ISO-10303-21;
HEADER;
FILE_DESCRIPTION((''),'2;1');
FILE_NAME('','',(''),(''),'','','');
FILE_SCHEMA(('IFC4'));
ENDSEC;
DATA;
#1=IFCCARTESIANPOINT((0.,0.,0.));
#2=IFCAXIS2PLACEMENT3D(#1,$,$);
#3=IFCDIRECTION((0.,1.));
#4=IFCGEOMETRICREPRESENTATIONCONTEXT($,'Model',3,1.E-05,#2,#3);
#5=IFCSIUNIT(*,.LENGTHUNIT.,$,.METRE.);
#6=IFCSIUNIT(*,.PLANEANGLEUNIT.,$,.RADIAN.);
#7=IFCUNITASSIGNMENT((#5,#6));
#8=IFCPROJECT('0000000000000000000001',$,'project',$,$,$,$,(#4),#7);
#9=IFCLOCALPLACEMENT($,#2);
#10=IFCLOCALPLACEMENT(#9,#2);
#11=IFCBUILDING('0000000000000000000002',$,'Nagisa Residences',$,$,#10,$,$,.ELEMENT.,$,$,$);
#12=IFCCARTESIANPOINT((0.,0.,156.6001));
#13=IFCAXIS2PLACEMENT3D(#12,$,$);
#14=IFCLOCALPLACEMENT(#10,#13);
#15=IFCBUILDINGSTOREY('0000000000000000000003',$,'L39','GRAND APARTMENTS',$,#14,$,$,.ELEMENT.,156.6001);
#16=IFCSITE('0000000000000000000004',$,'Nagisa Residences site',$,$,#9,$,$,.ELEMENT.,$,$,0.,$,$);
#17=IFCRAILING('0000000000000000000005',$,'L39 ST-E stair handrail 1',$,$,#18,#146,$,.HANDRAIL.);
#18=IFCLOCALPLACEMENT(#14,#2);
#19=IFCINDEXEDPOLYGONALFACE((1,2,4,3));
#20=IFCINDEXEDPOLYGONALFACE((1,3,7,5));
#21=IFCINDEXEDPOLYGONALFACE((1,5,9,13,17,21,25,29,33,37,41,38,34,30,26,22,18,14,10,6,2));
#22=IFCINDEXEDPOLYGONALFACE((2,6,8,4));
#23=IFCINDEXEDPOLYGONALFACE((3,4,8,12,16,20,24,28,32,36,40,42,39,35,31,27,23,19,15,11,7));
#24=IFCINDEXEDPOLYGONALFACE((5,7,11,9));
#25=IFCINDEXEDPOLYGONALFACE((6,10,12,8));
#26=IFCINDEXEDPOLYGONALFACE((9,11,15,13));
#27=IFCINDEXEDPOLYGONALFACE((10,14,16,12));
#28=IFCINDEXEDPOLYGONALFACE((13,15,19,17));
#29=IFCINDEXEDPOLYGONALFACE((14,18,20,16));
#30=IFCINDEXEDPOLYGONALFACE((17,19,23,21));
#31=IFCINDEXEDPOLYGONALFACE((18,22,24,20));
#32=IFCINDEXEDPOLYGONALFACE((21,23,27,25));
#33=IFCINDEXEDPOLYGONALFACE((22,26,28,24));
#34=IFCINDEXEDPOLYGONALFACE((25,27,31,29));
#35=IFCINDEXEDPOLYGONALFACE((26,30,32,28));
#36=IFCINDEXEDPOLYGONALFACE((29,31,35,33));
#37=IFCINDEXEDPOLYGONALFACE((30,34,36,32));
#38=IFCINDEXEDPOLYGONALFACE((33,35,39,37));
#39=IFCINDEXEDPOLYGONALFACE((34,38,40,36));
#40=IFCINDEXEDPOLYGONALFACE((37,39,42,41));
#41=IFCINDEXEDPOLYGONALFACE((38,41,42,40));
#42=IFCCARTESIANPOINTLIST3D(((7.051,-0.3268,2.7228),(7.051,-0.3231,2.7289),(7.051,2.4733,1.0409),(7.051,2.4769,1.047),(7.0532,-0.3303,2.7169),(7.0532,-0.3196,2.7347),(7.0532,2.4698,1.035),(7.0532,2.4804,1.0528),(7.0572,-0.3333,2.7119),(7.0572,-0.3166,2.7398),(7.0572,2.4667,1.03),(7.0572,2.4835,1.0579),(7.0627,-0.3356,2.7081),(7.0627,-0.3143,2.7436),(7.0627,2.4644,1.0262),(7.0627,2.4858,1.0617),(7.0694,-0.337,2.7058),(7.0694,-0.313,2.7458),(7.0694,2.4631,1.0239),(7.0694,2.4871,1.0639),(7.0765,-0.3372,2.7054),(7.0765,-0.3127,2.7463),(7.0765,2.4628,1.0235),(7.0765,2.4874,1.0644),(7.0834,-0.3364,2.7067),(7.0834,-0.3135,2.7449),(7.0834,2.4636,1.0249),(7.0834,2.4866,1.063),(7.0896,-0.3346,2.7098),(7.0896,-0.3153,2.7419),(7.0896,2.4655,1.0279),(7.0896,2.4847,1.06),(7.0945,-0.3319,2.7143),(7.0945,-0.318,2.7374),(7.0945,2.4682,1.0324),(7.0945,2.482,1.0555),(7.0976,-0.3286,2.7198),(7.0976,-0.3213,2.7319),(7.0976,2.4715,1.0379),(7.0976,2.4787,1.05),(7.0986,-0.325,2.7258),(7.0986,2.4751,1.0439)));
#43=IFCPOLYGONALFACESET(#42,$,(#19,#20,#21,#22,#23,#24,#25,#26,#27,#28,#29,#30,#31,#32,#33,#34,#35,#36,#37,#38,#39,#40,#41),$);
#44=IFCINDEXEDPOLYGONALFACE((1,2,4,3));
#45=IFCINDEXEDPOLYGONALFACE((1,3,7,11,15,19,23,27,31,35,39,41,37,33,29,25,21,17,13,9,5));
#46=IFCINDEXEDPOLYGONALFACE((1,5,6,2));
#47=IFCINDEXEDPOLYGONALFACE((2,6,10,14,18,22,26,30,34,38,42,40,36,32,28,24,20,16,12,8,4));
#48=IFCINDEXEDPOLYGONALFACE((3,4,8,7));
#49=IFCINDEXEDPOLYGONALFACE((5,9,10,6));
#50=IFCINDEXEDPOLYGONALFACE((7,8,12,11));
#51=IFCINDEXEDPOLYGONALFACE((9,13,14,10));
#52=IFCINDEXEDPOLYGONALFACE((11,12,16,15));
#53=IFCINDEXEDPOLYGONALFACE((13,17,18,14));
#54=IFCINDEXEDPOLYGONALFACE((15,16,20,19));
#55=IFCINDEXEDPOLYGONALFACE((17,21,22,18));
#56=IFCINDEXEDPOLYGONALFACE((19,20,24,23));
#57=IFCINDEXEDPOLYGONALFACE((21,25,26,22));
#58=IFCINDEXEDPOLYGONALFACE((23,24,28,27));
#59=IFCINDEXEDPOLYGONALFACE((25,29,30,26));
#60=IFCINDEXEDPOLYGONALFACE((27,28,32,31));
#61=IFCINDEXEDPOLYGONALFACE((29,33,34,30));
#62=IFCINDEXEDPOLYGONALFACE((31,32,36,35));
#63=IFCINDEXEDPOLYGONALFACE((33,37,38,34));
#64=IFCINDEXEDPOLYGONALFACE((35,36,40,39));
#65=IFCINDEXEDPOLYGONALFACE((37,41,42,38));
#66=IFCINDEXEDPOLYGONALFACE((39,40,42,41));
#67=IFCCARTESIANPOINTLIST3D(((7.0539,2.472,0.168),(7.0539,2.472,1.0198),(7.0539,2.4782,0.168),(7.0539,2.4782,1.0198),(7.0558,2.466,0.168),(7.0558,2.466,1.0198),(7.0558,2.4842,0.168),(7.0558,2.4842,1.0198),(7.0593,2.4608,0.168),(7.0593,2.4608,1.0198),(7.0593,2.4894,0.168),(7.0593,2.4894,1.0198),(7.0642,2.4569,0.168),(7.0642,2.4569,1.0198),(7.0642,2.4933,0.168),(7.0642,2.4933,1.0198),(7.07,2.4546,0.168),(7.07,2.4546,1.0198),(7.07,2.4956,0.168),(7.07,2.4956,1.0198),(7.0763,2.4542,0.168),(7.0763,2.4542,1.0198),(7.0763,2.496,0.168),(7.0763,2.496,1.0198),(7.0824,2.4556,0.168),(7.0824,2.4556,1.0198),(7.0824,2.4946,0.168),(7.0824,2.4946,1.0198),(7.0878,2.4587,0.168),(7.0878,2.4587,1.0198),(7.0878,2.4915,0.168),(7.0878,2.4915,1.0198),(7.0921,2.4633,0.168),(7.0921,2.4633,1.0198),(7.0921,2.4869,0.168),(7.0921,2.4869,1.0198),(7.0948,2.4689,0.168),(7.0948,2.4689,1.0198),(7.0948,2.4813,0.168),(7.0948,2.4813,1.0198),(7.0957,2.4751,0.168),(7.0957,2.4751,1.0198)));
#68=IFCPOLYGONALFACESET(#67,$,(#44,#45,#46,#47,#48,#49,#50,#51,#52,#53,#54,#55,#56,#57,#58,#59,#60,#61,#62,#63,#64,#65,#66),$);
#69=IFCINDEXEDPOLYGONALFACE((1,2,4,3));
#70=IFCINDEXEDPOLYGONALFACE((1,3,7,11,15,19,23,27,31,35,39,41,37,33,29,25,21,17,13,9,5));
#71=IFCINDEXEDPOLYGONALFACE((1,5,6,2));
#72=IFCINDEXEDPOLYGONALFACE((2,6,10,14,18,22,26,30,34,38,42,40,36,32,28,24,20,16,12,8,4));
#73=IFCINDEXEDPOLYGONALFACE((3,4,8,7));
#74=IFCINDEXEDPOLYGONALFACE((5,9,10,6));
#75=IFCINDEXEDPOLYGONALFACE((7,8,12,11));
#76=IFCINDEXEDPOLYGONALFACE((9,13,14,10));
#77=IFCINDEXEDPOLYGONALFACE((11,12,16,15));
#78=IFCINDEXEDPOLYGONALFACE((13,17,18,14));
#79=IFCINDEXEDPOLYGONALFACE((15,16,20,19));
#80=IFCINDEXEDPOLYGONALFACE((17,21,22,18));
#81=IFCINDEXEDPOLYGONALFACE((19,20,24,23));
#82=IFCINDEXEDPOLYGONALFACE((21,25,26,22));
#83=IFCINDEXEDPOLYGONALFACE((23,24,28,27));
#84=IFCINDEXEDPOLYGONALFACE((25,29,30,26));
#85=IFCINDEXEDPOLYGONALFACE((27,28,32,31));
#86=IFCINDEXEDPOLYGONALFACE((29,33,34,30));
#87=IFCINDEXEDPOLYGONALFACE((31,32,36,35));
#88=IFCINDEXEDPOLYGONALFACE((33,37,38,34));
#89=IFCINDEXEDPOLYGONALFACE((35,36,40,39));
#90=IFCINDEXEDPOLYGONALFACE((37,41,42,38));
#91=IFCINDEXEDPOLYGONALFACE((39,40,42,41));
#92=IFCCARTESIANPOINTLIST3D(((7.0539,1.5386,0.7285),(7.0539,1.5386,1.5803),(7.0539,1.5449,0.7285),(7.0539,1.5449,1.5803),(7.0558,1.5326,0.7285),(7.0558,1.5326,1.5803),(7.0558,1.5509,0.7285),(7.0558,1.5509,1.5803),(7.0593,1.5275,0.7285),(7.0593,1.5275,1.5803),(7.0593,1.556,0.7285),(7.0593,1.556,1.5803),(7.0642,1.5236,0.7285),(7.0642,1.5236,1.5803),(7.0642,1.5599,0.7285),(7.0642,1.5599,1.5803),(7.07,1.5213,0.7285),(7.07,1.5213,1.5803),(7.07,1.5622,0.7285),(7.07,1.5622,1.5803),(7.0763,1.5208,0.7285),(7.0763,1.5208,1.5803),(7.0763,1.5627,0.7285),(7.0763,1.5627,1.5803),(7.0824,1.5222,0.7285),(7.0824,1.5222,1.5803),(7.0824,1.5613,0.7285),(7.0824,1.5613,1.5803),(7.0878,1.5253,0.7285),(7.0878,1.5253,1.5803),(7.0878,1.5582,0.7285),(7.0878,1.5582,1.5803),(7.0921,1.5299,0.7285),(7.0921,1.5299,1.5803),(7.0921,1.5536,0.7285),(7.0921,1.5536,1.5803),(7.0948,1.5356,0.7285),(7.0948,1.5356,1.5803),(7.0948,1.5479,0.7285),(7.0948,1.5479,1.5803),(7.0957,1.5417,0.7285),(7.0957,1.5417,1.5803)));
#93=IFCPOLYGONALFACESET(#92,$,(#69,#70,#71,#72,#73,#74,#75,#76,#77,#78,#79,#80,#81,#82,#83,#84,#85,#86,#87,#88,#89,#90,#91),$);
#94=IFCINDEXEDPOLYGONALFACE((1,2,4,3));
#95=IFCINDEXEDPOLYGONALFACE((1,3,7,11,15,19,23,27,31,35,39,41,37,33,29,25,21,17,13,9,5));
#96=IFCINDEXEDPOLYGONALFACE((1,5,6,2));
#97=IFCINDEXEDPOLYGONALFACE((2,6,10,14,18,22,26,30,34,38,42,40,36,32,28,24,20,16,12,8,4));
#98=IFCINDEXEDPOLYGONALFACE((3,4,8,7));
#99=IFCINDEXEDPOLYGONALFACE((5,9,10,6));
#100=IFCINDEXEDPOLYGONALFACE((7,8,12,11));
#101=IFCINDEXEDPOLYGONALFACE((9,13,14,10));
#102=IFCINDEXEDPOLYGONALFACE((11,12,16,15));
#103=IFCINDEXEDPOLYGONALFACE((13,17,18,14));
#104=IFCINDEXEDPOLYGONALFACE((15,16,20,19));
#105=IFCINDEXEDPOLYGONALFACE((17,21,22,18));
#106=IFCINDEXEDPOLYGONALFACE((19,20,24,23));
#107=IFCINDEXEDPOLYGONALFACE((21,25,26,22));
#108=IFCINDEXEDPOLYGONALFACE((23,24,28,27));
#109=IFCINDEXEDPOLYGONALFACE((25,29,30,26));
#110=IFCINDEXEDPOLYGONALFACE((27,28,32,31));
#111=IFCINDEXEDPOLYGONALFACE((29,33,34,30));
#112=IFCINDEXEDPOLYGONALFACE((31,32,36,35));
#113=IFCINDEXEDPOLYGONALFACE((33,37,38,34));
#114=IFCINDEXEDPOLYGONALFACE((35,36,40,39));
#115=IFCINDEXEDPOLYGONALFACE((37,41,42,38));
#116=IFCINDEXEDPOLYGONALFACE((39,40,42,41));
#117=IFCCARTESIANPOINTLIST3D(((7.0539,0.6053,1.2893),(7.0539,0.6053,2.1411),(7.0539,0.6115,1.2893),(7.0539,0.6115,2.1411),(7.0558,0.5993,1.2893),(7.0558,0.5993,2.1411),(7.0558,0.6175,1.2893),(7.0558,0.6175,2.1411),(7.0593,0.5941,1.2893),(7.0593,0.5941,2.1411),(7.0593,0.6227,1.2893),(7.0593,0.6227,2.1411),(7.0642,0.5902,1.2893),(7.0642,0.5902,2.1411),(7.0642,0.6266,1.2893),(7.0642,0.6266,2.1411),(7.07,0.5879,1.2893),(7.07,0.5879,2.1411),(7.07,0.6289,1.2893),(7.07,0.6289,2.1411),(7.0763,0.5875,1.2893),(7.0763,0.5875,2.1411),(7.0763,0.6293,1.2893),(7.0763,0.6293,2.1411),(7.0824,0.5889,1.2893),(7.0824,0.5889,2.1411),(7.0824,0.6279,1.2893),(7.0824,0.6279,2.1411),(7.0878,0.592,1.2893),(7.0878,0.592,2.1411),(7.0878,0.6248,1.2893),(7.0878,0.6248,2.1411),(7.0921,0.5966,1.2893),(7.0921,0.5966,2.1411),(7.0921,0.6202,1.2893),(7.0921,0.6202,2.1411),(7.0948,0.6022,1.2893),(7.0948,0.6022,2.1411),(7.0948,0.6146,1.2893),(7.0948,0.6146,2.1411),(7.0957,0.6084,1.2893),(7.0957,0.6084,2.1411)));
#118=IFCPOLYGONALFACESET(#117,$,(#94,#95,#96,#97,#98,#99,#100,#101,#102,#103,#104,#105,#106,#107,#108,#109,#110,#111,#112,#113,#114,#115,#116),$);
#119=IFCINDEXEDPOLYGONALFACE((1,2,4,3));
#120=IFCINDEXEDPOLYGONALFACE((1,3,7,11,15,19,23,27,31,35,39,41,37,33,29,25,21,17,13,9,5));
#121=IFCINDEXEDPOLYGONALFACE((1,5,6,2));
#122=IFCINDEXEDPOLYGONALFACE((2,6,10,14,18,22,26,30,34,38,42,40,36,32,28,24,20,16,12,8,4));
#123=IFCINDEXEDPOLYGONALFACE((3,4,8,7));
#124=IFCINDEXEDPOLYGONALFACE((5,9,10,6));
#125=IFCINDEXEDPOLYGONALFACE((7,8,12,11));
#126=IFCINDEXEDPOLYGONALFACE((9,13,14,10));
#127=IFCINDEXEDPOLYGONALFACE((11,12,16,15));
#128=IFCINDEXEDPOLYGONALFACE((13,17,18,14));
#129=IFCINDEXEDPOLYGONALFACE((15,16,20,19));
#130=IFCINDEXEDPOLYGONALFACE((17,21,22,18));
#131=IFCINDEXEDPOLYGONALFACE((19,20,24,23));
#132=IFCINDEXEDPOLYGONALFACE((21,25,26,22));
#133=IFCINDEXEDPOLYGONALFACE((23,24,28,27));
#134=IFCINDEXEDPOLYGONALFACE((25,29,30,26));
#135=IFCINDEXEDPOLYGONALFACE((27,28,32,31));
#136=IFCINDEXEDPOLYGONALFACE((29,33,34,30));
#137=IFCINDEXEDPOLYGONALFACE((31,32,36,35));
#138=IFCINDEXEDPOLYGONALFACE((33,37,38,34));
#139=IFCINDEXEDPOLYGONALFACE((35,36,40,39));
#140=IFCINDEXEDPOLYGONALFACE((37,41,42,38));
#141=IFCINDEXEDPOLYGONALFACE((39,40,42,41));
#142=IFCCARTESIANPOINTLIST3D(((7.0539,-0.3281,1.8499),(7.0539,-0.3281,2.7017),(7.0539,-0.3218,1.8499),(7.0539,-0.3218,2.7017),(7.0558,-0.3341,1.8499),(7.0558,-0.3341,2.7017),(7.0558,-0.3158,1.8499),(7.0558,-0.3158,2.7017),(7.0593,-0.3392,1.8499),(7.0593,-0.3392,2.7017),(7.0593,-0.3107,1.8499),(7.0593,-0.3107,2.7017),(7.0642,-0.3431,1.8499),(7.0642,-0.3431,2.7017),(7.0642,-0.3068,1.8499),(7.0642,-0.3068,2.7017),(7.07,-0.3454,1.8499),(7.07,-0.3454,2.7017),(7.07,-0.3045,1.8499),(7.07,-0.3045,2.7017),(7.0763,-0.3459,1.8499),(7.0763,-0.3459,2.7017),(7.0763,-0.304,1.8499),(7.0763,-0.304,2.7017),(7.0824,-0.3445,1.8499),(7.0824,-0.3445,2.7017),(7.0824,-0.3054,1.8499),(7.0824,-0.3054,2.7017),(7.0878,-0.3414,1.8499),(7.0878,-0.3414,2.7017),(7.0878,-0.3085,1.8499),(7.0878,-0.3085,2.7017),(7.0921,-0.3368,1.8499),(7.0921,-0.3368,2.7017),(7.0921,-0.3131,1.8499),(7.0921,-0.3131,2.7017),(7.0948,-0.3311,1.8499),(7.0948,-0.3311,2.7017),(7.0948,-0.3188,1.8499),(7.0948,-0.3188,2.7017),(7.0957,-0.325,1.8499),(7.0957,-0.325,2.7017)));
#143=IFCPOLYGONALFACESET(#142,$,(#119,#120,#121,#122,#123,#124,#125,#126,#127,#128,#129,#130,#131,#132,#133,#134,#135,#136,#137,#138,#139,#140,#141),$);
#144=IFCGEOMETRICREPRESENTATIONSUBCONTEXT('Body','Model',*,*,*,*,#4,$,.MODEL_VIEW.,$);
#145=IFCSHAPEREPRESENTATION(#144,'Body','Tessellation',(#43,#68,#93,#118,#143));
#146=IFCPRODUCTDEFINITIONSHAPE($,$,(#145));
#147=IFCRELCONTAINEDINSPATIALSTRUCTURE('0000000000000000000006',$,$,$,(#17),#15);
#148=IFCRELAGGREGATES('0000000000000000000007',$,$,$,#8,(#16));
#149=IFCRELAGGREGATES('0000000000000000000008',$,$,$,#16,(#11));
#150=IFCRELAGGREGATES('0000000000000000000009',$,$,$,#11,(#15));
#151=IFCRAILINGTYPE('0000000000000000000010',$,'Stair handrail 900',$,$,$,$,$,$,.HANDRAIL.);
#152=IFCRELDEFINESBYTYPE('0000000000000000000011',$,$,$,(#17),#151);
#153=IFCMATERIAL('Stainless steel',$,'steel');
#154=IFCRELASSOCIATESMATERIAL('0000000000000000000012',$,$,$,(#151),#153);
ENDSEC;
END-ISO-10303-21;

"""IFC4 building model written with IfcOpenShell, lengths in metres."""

from ifc_helpers import new_model, si_unit, direction, frame, origin, origin_2d, place, context, subcontext, project, spatial, circle, extrude, material, type_object, element, save


model = new_model("IFC4")

# Units and contexts
model_context = context("Model", 3, precision=1e-05, world=origin(), true_north=direction((0.0, 1.0)))
body_context = subcontext(model_context, "Body", "Model", "MODEL_VIEW")
ifc_project = project(units=[si_unit("LENGTHUNIT", "METRE"), si_unit("PLANEANGLEUNIT", "RADIAN")], contexts=[model_context])

# Site, building, storey
site_placement = place(None, origin())
site = spatial("IfcSite", under=ifc_project, at=site_placement, Name="Nagisa Residences site", CompositionType="ELEMENT", RefElevation=0.0)
building_placement = place(site_placement, origin())
building = spatial("IfcBuilding", under=site, at=building_placement, Name="Nagisa Residences", CompositionType="ELEMENT")
storey_placement = place(building_placement, frame((0.0, 0.0, 156.6001)))
storey = spatial("IfcBuildingStorey", under=building, at=storey_placement, Name="L39", Description="GRAND APARTMENTS", CompositionType="ELEMENT", Elevation=156.6001)

# Railing
ifc_material_1 = material(Name="Stainless steel", Category="steel")
railing_type_1 = type_object("IfcRailingType", Name="Stair handrail 900", PredefinedType="HANDRAIL", material=ifc_material_1)
railing_1_placement = place(storey_placement, frame((7.0747, 2.4751, 0.168)))
element("IfcRailing", 1, at=railing_1_placement, inside=storey, type_object=railing_type_1, Name="L39 ST-E stair handrail 1", PredefinedType="HANDRAIL", context=body_context, shape_type="SweptSolid", body=[
    extrude(circle(Radius=0.0239, at=origin_2d()), frame((0.0, 0.0, 0.876), z_axis=(0.0, -0.857242, 0.514913), x_axis=(1.0, 0.0, 0.0)), (0.0, 0.0, 1.0), 3.2664),
    extrude(circle(Radius=0.021, at=origin_2d()), origin(), (0.0, 0.0, 1.0), 0.8518),
    extrude(circle(Radius=0.021, at=origin_2d()), frame((0.0, -0.9333, 0.5605)), (0.0, 0.0, 1.0), 0.8518),
    extrude(circle(Radius=0.021, at=origin_2d()), frame((0.0, -1.8667, 1.1213)), (0.0, 0.0, 1.0), 0.8518),
    extrude(circle(Radius=0.021, at=origin_2d()), frame((0.0, -2.8, 1.6819)), (0.0, 0.0, 1.0), 0.8518),
])

save(model, "model.ifc")
